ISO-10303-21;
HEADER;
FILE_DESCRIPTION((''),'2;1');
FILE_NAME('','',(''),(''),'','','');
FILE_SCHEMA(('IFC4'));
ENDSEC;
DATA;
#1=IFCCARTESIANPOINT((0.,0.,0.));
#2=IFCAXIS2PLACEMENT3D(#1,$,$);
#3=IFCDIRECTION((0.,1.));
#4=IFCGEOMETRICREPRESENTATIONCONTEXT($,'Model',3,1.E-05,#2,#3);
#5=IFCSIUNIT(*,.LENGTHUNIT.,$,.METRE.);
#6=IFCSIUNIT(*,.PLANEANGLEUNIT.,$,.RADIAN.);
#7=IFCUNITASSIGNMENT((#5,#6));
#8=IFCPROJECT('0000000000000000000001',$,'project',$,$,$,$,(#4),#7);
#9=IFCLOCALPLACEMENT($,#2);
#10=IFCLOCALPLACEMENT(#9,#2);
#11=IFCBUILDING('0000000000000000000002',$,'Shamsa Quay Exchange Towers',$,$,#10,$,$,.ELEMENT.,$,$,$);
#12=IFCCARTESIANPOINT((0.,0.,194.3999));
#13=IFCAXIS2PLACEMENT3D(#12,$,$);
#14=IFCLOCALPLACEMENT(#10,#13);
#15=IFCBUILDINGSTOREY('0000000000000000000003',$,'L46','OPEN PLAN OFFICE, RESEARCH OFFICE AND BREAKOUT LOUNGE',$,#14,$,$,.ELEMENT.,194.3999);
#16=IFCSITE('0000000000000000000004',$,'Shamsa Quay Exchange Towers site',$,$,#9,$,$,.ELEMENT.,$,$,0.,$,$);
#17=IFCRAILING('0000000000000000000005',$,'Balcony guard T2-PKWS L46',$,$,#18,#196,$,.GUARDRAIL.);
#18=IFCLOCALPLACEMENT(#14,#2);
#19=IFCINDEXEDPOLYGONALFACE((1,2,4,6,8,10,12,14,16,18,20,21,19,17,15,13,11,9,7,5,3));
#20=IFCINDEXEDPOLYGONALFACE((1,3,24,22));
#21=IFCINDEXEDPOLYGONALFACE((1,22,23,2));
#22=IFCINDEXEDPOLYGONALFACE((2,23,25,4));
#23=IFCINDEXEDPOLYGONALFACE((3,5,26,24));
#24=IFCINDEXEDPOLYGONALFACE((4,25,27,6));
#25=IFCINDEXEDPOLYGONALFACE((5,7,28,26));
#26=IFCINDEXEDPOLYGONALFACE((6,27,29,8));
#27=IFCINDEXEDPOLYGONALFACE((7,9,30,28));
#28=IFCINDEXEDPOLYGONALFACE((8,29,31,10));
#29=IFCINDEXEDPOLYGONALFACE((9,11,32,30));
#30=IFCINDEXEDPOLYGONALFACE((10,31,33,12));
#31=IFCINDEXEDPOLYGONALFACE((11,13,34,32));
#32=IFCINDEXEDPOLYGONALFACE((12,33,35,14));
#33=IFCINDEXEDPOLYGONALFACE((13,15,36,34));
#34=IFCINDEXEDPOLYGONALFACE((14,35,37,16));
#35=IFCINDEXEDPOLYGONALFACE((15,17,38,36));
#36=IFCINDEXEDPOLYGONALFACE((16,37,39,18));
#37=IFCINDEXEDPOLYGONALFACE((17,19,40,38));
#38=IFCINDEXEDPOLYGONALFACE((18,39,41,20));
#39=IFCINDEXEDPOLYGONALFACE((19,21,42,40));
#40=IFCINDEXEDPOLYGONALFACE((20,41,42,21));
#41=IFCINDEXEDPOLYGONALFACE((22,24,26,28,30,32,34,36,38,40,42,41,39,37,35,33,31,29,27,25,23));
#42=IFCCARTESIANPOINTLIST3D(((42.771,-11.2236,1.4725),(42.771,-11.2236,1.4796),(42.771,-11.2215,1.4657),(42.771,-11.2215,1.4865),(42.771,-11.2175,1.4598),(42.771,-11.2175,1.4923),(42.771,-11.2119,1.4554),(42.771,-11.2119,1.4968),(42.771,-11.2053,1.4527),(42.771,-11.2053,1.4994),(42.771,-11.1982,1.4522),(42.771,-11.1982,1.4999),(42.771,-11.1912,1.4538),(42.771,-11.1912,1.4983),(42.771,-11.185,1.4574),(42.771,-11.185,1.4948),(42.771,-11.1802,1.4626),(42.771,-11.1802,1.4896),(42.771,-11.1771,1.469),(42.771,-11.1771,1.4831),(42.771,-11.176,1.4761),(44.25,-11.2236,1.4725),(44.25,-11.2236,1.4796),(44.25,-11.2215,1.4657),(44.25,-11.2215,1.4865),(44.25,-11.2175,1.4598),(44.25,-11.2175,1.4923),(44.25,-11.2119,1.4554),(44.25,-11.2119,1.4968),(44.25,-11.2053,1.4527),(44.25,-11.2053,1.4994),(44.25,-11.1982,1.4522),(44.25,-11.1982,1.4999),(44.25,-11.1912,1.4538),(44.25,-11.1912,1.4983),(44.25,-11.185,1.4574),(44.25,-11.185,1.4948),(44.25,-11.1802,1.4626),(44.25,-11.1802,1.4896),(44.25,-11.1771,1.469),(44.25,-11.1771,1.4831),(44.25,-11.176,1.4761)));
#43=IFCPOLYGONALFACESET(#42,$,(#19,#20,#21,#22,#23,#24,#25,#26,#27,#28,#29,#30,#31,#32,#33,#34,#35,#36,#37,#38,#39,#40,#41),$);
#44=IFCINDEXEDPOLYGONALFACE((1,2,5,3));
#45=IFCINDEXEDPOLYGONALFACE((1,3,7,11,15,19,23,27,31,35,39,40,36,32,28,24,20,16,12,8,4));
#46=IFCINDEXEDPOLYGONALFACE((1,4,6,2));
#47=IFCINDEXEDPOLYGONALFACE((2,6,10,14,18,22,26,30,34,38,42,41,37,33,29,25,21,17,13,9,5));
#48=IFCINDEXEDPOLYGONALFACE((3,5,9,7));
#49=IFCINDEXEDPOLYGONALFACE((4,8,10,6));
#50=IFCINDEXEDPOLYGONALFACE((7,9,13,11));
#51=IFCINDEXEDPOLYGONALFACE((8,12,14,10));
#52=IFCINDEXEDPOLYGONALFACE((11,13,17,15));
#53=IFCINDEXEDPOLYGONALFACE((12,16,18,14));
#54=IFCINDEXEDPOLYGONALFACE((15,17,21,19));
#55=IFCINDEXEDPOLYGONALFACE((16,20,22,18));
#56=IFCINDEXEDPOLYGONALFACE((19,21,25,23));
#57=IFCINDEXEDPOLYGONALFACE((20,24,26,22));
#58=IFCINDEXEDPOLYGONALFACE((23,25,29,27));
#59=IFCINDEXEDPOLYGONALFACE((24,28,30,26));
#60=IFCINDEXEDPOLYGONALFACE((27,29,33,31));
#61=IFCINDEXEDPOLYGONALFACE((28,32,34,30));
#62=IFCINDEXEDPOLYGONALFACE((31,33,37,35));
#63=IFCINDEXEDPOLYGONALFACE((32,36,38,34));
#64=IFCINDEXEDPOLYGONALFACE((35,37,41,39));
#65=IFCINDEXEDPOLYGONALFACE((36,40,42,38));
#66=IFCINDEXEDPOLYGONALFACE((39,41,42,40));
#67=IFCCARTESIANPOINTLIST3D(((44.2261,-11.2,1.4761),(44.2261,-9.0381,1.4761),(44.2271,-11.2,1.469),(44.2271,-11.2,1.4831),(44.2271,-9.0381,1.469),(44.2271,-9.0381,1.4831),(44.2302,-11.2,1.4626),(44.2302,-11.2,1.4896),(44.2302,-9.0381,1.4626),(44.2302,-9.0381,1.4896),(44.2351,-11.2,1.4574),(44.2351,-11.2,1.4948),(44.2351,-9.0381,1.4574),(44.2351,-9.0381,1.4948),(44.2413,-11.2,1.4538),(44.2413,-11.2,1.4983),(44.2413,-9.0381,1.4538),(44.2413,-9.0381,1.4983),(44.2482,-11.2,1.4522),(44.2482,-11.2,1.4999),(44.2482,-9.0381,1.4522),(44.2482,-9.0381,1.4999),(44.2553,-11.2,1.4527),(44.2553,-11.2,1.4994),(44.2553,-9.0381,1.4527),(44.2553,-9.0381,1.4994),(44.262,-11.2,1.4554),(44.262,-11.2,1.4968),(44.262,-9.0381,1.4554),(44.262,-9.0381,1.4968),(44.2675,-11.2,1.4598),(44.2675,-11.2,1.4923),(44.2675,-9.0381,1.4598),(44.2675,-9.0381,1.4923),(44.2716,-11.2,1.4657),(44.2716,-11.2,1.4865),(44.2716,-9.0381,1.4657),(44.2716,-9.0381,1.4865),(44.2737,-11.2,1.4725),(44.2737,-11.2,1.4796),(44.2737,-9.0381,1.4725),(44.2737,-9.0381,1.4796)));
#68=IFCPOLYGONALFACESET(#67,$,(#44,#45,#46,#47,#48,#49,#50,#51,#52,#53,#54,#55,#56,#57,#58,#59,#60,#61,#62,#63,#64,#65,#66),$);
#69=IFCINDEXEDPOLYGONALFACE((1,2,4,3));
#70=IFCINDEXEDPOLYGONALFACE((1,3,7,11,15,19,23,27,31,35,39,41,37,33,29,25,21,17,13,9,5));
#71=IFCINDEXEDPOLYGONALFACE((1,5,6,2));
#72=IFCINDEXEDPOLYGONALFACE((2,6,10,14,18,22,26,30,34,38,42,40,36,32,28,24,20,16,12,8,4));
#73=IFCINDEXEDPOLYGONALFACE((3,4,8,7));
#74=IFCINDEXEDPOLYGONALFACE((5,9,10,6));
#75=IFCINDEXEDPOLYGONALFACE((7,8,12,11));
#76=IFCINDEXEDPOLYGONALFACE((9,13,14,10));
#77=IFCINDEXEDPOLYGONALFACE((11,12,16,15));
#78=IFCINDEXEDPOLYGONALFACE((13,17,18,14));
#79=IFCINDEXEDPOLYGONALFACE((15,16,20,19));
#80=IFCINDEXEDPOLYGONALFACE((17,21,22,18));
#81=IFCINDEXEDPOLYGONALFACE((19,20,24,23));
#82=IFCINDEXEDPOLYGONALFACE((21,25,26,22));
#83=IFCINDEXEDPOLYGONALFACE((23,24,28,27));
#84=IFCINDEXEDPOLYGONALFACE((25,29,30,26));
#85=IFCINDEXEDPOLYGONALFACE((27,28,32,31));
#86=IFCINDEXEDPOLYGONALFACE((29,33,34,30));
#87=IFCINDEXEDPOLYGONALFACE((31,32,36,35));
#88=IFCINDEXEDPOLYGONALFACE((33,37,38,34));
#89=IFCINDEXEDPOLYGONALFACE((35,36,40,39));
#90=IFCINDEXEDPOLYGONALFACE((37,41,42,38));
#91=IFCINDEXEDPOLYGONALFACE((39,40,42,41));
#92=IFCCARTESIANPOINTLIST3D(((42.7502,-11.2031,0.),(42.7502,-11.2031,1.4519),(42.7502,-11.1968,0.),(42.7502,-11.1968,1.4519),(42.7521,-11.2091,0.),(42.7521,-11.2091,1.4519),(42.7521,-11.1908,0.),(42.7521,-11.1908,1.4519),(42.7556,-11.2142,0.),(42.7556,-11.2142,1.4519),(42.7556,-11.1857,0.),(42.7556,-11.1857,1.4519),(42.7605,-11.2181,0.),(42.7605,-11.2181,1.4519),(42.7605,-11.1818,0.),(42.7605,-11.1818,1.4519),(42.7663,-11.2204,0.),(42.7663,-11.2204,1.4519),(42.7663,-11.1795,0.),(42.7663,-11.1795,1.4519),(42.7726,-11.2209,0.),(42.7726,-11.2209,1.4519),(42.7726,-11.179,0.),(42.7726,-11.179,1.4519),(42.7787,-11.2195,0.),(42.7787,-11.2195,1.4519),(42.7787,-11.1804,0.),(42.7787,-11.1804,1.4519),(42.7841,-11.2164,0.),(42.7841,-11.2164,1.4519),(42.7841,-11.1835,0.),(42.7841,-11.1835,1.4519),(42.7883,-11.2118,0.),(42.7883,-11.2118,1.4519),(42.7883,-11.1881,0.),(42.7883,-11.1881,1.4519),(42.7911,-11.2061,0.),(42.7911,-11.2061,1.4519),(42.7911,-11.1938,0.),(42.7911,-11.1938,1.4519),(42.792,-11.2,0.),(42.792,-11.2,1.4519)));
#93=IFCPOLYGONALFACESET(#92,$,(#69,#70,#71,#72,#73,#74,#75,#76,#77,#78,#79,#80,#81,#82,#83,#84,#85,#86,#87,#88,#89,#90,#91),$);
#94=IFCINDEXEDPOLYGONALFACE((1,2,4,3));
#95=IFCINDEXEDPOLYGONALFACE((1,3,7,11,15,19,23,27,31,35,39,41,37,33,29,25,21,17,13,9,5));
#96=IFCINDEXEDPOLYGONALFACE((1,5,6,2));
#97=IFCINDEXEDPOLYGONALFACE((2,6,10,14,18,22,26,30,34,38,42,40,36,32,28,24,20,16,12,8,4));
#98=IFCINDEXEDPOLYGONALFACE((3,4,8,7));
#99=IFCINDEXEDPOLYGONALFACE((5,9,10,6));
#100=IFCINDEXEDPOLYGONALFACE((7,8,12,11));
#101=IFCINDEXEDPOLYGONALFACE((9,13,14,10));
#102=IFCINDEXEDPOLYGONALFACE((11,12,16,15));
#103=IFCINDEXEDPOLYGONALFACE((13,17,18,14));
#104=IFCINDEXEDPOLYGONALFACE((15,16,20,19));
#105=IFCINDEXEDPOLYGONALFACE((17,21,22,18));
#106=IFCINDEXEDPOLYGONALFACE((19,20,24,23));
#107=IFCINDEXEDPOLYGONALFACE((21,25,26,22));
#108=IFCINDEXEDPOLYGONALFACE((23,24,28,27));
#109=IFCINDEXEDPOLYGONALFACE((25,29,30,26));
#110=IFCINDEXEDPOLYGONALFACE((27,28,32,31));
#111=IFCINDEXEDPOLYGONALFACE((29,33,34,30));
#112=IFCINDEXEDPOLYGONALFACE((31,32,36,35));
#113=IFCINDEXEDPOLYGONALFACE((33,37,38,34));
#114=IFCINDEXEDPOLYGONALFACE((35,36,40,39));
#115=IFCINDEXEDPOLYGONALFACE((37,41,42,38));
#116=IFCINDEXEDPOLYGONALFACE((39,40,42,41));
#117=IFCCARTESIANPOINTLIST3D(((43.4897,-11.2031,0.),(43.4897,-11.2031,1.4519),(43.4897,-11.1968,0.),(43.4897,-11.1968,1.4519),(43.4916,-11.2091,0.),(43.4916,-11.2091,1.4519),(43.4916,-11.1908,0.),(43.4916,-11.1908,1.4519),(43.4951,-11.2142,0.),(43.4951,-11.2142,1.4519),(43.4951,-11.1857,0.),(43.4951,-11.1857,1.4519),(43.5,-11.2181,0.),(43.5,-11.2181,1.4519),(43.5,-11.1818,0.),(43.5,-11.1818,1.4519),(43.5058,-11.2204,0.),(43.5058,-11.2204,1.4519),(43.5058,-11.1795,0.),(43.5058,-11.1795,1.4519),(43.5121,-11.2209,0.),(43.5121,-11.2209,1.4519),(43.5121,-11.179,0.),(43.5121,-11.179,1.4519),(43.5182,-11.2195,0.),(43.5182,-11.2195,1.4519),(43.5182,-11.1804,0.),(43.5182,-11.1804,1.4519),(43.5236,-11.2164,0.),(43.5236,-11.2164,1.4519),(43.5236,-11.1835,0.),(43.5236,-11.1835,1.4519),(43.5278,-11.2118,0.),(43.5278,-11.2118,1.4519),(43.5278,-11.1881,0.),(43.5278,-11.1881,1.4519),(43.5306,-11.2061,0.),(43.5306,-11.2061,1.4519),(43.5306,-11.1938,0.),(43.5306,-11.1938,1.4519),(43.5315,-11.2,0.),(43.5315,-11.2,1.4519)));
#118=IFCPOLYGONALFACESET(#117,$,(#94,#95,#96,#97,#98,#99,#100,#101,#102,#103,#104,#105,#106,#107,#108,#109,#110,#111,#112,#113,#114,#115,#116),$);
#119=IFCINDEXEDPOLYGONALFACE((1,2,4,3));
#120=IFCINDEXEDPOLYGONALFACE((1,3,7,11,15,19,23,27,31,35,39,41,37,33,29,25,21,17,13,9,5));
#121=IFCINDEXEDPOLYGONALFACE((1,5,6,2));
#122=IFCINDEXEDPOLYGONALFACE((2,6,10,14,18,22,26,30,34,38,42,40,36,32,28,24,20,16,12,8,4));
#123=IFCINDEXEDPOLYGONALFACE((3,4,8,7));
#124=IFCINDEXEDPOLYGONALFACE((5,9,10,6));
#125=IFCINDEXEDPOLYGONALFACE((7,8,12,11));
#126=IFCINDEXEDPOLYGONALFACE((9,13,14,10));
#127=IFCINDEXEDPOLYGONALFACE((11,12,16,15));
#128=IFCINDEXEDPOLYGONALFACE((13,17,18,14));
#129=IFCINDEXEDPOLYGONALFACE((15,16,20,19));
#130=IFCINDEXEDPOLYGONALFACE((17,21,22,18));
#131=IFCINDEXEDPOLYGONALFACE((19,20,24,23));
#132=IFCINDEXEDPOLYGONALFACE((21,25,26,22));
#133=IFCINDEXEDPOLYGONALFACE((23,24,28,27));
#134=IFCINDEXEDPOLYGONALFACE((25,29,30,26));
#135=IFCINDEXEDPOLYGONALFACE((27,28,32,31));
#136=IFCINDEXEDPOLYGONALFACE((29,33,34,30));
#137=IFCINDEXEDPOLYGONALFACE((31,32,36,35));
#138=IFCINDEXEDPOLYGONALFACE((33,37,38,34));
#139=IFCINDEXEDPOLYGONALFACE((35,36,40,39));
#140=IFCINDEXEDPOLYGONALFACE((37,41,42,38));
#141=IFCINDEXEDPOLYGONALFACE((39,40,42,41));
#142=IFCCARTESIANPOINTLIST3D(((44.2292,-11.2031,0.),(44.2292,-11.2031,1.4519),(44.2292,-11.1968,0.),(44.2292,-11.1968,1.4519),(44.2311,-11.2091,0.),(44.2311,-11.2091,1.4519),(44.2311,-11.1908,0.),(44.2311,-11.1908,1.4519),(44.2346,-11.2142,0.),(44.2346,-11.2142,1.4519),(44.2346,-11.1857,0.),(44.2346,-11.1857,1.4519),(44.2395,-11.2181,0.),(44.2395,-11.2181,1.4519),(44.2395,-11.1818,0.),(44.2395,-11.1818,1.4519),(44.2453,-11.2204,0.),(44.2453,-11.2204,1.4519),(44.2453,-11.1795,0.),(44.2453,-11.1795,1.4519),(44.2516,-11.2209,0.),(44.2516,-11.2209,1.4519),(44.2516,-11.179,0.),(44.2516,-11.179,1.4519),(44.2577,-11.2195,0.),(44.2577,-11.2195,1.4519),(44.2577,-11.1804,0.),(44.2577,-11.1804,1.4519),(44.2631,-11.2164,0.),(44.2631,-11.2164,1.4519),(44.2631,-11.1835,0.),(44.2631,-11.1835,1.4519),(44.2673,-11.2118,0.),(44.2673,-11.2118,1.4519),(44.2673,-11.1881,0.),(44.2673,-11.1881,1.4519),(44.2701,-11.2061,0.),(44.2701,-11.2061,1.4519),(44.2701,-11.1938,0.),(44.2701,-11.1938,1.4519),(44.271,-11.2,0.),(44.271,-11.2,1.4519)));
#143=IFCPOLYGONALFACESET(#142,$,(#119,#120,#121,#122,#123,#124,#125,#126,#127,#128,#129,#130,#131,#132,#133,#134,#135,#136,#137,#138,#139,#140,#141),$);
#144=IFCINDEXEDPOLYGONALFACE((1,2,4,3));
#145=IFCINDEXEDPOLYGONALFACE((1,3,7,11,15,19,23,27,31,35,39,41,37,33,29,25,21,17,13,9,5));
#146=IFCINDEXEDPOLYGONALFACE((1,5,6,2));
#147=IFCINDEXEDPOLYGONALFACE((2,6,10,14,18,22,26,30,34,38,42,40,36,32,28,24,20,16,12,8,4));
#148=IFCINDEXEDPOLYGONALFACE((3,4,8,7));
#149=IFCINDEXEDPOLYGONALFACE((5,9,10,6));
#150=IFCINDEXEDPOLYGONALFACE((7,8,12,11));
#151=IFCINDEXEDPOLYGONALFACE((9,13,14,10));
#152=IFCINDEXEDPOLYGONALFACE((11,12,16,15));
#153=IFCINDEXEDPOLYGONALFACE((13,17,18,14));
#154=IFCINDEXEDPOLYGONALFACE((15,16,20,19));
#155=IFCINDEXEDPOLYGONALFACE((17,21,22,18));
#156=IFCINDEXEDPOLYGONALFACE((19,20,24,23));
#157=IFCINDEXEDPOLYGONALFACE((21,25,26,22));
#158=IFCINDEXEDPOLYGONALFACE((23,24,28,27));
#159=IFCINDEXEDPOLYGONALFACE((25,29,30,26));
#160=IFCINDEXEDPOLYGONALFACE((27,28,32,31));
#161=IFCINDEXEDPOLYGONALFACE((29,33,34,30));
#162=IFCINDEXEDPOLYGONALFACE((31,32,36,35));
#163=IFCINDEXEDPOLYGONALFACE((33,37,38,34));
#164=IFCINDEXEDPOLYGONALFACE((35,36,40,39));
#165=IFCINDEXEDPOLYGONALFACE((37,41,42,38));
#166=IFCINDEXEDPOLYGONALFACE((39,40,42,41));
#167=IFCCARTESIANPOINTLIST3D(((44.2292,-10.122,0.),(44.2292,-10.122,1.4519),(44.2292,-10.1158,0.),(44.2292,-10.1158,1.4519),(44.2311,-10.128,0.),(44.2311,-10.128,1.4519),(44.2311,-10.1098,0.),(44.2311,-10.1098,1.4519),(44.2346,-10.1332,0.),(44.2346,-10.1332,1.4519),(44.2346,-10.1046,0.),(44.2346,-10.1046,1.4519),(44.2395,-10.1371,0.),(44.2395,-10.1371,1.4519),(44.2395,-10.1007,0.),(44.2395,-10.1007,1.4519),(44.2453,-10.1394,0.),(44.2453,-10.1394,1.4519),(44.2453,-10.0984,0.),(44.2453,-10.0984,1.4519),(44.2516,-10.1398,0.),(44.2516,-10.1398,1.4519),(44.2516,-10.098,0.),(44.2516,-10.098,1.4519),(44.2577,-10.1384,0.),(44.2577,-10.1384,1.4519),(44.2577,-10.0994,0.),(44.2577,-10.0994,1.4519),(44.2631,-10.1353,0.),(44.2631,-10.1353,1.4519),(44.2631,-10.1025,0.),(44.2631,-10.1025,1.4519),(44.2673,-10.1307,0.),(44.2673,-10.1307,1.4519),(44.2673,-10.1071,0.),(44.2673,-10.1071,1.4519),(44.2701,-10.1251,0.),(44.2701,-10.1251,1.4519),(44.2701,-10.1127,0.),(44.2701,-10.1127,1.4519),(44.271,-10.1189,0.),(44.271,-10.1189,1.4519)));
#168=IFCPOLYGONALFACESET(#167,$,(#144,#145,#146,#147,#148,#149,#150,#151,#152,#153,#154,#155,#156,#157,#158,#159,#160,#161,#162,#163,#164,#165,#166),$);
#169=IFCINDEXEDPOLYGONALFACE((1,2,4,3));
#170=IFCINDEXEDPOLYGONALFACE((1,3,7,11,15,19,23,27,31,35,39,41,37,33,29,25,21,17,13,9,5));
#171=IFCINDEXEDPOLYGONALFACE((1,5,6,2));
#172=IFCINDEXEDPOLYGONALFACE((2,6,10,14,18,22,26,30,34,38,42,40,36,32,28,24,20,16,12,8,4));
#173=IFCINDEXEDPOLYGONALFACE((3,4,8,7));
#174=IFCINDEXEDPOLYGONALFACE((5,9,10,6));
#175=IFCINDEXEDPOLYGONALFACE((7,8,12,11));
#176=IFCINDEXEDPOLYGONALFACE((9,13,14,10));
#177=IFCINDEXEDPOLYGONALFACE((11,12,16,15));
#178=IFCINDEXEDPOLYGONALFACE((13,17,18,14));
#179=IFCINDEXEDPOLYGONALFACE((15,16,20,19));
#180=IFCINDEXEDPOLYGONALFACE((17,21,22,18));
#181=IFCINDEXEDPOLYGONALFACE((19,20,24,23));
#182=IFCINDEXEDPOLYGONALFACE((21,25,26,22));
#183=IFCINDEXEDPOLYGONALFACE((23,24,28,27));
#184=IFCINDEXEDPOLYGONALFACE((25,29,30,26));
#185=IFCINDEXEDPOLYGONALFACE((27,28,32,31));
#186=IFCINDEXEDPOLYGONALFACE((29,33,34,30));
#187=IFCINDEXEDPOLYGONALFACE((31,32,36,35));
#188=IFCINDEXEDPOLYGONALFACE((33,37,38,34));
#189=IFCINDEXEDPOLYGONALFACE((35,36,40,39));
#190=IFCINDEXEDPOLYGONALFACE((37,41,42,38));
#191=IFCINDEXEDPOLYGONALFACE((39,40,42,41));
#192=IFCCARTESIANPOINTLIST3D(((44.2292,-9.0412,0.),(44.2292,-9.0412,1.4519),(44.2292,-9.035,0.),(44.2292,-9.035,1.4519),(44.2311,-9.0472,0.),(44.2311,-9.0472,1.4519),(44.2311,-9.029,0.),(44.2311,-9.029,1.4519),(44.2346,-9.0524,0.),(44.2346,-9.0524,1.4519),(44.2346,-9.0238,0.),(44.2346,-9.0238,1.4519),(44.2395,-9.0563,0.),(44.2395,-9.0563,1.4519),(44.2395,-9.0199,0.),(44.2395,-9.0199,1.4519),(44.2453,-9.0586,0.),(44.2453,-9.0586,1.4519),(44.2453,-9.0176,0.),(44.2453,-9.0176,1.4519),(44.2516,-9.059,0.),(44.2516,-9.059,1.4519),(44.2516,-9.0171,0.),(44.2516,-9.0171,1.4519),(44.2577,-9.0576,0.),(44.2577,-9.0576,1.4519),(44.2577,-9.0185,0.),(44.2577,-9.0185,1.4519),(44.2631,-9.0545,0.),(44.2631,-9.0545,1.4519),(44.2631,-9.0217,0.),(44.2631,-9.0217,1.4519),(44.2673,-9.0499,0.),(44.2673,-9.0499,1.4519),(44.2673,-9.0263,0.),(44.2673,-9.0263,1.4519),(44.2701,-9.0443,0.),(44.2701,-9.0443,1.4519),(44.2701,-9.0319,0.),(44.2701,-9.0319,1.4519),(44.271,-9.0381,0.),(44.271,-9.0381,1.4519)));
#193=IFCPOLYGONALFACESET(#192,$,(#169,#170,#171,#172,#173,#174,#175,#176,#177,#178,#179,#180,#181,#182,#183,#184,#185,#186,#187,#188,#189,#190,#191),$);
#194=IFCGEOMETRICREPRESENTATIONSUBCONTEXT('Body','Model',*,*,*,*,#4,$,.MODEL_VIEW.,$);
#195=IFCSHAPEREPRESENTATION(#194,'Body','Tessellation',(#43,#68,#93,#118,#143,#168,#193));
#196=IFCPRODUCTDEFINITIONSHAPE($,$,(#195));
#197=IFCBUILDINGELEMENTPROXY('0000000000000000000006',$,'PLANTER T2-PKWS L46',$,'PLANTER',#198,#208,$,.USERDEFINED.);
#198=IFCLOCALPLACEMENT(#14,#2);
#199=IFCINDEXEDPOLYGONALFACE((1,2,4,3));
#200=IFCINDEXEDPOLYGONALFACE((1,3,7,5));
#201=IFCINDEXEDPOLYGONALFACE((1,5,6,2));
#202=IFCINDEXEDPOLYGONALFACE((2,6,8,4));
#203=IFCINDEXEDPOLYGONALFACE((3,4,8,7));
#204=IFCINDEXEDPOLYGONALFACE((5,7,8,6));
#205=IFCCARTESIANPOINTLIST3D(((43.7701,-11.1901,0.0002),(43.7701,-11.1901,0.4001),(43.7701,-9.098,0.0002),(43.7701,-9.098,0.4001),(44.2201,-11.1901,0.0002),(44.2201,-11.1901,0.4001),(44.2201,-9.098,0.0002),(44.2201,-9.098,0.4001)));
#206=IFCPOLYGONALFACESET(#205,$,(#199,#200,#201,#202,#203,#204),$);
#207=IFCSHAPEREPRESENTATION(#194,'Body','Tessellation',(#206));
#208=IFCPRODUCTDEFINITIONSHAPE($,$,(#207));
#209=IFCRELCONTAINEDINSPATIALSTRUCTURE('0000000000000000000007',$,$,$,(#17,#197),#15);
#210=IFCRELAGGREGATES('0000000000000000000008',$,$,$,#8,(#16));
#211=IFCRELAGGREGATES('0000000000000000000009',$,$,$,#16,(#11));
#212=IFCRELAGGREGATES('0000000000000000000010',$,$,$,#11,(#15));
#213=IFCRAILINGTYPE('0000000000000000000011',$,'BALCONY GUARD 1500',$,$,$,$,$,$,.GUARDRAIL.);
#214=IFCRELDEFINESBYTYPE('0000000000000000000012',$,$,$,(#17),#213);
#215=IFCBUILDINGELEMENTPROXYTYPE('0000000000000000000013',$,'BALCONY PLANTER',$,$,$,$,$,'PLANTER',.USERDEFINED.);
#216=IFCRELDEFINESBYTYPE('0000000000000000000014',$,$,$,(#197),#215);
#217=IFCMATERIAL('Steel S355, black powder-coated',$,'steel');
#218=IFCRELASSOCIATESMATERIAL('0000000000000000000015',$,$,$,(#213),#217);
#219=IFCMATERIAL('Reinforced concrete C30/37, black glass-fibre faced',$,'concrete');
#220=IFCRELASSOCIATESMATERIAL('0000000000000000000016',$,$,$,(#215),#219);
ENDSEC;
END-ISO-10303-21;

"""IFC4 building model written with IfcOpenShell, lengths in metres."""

from ifc_helpers import new_model, si_unit, direction, frame, origin, origin_2d, place, context, subcontext, project, spatial, rectangle, circle, extrude, material, type_object, element, save


model = new_model("IFC4")

# Units and contexts
model_context = context("Model", 3, precision=1e-05, world=origin(), true_north=direction((0.0, 1.0)))
body_context = subcontext(model_context, "Body", "Model", "MODEL_VIEW")
ifc_project = project(units=[si_unit("LENGTHUNIT", "METRE"), si_unit("PLANEANGLEUNIT", "RADIAN")], contexts=[model_context])

# Site, building, storey
site_placement = place(None, origin())
site = spatial("IfcSite", under=ifc_project, at=site_placement, Name="Shamsa Quay Exchange Towers site", CompositionType="ELEMENT", RefElevation=0.0)
building_placement = place(site_placement, origin())
building = spatial("IfcBuilding", under=site, at=building_placement, Name="Shamsa Quay Exchange Towers", CompositionType="ELEMENT")
storey_placement = place(building_placement, frame((0.0, 0.0, 194.3999)))
storey = spatial("IfcBuildingStorey", under=building, at=storey_placement, Name="L46", Description="OPEN PLAN OFFICE, RESEARCH OFFICE AND BREAKOUT LOUNGE", CompositionType="ELEMENT", Elevation=194.3999)

# Railing
ifc_material_1 = material(Name="Steel S355, black powder-coated", Category="steel")
railing_type = type_object("IfcRailingType", Name="BALCONY GUARD 1500", PredefinedType="GUARDRAIL", material=ifc_material_1)
railing_placement = place(storey_placement, frame((42.771, -11.2, 0.0)))
element("IfcRailing", 1, at=railing_placement, inside=storey, type_object=railing_type, Name="Balcony guard T2-PKWS L46", PredefinedType="GUARDRAIL", context=body_context, shape_type="SweptSolid", body=[
    extrude(circle(Radius=0.0239, at=origin_2d()), frame((0.0, 0.0, 1.4761), z_axis=(1.0, 0.0, 0.0), x_axis=(0.0, 1.0, 0.0)), (0.0, 0.0, 1.0), 1.479),
    extrude(circle(Radius=0.0239, at=origin_2d()), frame((1.479, 0.0, 1.4761), z_axis=(0.0, 1.0, 0.0), x_axis=(-1.0, 0.0, 0.0)), (0.0, 0.0, 1.0), 2.1619),
    extrude(circle(Radius=0.021, at=origin_2d()), origin(), (0.0, 0.0, 1.0), 1.4519),
    extrude(circle(Radius=0.021, at=origin_2d()), frame((0.7395, 0.0, 0.0)), (0.0, 0.0, 1.0), 1.4519),
    extrude(circle(Radius=0.021, at=origin_2d()), frame((1.479, 0.0, 0.0)), (0.0, 0.0, 1.0), 1.4519),
    extrude(circle(Radius=0.021, at=origin_2d()), frame((1.479, 1.0811, 0.0)), (0.0, 0.0, 1.0), 1.4519),
    extrude(circle(Radius=0.021, at=origin_2d()), frame((1.479, 2.1619, 0.0)), (0.0, 0.0, 1.0), 1.4519),
])

# Building element proxy
ifc_material_2 = material(Name="Reinforced concrete C30/37, black glass-fibre faced", Category="concrete")
building_element_proxy_type = type_object("IfcBuildingElementProxyType", Name="BALCONY PLANTER", ElementType="PLANTER", PredefinedType="USERDEFINED", material=ifc_material_2)
proxy_placement = place(storey_placement, frame((43.9951, -10.144, 0.0002), z_axis=(0.0, 0.0, 1.0), x_axis=(0.0, 1.0, 0.0)))
element("IfcBuildingElementProxy", 2, at=proxy_placement, inside=storey, type_object=building_element_proxy_type, Name="PLANTER T2-PKWS L46", ObjectType="PLANTER", PredefinedType="USERDEFINED", context=body_context, shape_type="SweptSolid", body=[
    extrude(rectangle(XDim=2.092, YDim=0.45, at=origin_2d()), origin(), (0.0, 0.0, 1.0), 0.3999),
])

save(model, "model.ifc")
